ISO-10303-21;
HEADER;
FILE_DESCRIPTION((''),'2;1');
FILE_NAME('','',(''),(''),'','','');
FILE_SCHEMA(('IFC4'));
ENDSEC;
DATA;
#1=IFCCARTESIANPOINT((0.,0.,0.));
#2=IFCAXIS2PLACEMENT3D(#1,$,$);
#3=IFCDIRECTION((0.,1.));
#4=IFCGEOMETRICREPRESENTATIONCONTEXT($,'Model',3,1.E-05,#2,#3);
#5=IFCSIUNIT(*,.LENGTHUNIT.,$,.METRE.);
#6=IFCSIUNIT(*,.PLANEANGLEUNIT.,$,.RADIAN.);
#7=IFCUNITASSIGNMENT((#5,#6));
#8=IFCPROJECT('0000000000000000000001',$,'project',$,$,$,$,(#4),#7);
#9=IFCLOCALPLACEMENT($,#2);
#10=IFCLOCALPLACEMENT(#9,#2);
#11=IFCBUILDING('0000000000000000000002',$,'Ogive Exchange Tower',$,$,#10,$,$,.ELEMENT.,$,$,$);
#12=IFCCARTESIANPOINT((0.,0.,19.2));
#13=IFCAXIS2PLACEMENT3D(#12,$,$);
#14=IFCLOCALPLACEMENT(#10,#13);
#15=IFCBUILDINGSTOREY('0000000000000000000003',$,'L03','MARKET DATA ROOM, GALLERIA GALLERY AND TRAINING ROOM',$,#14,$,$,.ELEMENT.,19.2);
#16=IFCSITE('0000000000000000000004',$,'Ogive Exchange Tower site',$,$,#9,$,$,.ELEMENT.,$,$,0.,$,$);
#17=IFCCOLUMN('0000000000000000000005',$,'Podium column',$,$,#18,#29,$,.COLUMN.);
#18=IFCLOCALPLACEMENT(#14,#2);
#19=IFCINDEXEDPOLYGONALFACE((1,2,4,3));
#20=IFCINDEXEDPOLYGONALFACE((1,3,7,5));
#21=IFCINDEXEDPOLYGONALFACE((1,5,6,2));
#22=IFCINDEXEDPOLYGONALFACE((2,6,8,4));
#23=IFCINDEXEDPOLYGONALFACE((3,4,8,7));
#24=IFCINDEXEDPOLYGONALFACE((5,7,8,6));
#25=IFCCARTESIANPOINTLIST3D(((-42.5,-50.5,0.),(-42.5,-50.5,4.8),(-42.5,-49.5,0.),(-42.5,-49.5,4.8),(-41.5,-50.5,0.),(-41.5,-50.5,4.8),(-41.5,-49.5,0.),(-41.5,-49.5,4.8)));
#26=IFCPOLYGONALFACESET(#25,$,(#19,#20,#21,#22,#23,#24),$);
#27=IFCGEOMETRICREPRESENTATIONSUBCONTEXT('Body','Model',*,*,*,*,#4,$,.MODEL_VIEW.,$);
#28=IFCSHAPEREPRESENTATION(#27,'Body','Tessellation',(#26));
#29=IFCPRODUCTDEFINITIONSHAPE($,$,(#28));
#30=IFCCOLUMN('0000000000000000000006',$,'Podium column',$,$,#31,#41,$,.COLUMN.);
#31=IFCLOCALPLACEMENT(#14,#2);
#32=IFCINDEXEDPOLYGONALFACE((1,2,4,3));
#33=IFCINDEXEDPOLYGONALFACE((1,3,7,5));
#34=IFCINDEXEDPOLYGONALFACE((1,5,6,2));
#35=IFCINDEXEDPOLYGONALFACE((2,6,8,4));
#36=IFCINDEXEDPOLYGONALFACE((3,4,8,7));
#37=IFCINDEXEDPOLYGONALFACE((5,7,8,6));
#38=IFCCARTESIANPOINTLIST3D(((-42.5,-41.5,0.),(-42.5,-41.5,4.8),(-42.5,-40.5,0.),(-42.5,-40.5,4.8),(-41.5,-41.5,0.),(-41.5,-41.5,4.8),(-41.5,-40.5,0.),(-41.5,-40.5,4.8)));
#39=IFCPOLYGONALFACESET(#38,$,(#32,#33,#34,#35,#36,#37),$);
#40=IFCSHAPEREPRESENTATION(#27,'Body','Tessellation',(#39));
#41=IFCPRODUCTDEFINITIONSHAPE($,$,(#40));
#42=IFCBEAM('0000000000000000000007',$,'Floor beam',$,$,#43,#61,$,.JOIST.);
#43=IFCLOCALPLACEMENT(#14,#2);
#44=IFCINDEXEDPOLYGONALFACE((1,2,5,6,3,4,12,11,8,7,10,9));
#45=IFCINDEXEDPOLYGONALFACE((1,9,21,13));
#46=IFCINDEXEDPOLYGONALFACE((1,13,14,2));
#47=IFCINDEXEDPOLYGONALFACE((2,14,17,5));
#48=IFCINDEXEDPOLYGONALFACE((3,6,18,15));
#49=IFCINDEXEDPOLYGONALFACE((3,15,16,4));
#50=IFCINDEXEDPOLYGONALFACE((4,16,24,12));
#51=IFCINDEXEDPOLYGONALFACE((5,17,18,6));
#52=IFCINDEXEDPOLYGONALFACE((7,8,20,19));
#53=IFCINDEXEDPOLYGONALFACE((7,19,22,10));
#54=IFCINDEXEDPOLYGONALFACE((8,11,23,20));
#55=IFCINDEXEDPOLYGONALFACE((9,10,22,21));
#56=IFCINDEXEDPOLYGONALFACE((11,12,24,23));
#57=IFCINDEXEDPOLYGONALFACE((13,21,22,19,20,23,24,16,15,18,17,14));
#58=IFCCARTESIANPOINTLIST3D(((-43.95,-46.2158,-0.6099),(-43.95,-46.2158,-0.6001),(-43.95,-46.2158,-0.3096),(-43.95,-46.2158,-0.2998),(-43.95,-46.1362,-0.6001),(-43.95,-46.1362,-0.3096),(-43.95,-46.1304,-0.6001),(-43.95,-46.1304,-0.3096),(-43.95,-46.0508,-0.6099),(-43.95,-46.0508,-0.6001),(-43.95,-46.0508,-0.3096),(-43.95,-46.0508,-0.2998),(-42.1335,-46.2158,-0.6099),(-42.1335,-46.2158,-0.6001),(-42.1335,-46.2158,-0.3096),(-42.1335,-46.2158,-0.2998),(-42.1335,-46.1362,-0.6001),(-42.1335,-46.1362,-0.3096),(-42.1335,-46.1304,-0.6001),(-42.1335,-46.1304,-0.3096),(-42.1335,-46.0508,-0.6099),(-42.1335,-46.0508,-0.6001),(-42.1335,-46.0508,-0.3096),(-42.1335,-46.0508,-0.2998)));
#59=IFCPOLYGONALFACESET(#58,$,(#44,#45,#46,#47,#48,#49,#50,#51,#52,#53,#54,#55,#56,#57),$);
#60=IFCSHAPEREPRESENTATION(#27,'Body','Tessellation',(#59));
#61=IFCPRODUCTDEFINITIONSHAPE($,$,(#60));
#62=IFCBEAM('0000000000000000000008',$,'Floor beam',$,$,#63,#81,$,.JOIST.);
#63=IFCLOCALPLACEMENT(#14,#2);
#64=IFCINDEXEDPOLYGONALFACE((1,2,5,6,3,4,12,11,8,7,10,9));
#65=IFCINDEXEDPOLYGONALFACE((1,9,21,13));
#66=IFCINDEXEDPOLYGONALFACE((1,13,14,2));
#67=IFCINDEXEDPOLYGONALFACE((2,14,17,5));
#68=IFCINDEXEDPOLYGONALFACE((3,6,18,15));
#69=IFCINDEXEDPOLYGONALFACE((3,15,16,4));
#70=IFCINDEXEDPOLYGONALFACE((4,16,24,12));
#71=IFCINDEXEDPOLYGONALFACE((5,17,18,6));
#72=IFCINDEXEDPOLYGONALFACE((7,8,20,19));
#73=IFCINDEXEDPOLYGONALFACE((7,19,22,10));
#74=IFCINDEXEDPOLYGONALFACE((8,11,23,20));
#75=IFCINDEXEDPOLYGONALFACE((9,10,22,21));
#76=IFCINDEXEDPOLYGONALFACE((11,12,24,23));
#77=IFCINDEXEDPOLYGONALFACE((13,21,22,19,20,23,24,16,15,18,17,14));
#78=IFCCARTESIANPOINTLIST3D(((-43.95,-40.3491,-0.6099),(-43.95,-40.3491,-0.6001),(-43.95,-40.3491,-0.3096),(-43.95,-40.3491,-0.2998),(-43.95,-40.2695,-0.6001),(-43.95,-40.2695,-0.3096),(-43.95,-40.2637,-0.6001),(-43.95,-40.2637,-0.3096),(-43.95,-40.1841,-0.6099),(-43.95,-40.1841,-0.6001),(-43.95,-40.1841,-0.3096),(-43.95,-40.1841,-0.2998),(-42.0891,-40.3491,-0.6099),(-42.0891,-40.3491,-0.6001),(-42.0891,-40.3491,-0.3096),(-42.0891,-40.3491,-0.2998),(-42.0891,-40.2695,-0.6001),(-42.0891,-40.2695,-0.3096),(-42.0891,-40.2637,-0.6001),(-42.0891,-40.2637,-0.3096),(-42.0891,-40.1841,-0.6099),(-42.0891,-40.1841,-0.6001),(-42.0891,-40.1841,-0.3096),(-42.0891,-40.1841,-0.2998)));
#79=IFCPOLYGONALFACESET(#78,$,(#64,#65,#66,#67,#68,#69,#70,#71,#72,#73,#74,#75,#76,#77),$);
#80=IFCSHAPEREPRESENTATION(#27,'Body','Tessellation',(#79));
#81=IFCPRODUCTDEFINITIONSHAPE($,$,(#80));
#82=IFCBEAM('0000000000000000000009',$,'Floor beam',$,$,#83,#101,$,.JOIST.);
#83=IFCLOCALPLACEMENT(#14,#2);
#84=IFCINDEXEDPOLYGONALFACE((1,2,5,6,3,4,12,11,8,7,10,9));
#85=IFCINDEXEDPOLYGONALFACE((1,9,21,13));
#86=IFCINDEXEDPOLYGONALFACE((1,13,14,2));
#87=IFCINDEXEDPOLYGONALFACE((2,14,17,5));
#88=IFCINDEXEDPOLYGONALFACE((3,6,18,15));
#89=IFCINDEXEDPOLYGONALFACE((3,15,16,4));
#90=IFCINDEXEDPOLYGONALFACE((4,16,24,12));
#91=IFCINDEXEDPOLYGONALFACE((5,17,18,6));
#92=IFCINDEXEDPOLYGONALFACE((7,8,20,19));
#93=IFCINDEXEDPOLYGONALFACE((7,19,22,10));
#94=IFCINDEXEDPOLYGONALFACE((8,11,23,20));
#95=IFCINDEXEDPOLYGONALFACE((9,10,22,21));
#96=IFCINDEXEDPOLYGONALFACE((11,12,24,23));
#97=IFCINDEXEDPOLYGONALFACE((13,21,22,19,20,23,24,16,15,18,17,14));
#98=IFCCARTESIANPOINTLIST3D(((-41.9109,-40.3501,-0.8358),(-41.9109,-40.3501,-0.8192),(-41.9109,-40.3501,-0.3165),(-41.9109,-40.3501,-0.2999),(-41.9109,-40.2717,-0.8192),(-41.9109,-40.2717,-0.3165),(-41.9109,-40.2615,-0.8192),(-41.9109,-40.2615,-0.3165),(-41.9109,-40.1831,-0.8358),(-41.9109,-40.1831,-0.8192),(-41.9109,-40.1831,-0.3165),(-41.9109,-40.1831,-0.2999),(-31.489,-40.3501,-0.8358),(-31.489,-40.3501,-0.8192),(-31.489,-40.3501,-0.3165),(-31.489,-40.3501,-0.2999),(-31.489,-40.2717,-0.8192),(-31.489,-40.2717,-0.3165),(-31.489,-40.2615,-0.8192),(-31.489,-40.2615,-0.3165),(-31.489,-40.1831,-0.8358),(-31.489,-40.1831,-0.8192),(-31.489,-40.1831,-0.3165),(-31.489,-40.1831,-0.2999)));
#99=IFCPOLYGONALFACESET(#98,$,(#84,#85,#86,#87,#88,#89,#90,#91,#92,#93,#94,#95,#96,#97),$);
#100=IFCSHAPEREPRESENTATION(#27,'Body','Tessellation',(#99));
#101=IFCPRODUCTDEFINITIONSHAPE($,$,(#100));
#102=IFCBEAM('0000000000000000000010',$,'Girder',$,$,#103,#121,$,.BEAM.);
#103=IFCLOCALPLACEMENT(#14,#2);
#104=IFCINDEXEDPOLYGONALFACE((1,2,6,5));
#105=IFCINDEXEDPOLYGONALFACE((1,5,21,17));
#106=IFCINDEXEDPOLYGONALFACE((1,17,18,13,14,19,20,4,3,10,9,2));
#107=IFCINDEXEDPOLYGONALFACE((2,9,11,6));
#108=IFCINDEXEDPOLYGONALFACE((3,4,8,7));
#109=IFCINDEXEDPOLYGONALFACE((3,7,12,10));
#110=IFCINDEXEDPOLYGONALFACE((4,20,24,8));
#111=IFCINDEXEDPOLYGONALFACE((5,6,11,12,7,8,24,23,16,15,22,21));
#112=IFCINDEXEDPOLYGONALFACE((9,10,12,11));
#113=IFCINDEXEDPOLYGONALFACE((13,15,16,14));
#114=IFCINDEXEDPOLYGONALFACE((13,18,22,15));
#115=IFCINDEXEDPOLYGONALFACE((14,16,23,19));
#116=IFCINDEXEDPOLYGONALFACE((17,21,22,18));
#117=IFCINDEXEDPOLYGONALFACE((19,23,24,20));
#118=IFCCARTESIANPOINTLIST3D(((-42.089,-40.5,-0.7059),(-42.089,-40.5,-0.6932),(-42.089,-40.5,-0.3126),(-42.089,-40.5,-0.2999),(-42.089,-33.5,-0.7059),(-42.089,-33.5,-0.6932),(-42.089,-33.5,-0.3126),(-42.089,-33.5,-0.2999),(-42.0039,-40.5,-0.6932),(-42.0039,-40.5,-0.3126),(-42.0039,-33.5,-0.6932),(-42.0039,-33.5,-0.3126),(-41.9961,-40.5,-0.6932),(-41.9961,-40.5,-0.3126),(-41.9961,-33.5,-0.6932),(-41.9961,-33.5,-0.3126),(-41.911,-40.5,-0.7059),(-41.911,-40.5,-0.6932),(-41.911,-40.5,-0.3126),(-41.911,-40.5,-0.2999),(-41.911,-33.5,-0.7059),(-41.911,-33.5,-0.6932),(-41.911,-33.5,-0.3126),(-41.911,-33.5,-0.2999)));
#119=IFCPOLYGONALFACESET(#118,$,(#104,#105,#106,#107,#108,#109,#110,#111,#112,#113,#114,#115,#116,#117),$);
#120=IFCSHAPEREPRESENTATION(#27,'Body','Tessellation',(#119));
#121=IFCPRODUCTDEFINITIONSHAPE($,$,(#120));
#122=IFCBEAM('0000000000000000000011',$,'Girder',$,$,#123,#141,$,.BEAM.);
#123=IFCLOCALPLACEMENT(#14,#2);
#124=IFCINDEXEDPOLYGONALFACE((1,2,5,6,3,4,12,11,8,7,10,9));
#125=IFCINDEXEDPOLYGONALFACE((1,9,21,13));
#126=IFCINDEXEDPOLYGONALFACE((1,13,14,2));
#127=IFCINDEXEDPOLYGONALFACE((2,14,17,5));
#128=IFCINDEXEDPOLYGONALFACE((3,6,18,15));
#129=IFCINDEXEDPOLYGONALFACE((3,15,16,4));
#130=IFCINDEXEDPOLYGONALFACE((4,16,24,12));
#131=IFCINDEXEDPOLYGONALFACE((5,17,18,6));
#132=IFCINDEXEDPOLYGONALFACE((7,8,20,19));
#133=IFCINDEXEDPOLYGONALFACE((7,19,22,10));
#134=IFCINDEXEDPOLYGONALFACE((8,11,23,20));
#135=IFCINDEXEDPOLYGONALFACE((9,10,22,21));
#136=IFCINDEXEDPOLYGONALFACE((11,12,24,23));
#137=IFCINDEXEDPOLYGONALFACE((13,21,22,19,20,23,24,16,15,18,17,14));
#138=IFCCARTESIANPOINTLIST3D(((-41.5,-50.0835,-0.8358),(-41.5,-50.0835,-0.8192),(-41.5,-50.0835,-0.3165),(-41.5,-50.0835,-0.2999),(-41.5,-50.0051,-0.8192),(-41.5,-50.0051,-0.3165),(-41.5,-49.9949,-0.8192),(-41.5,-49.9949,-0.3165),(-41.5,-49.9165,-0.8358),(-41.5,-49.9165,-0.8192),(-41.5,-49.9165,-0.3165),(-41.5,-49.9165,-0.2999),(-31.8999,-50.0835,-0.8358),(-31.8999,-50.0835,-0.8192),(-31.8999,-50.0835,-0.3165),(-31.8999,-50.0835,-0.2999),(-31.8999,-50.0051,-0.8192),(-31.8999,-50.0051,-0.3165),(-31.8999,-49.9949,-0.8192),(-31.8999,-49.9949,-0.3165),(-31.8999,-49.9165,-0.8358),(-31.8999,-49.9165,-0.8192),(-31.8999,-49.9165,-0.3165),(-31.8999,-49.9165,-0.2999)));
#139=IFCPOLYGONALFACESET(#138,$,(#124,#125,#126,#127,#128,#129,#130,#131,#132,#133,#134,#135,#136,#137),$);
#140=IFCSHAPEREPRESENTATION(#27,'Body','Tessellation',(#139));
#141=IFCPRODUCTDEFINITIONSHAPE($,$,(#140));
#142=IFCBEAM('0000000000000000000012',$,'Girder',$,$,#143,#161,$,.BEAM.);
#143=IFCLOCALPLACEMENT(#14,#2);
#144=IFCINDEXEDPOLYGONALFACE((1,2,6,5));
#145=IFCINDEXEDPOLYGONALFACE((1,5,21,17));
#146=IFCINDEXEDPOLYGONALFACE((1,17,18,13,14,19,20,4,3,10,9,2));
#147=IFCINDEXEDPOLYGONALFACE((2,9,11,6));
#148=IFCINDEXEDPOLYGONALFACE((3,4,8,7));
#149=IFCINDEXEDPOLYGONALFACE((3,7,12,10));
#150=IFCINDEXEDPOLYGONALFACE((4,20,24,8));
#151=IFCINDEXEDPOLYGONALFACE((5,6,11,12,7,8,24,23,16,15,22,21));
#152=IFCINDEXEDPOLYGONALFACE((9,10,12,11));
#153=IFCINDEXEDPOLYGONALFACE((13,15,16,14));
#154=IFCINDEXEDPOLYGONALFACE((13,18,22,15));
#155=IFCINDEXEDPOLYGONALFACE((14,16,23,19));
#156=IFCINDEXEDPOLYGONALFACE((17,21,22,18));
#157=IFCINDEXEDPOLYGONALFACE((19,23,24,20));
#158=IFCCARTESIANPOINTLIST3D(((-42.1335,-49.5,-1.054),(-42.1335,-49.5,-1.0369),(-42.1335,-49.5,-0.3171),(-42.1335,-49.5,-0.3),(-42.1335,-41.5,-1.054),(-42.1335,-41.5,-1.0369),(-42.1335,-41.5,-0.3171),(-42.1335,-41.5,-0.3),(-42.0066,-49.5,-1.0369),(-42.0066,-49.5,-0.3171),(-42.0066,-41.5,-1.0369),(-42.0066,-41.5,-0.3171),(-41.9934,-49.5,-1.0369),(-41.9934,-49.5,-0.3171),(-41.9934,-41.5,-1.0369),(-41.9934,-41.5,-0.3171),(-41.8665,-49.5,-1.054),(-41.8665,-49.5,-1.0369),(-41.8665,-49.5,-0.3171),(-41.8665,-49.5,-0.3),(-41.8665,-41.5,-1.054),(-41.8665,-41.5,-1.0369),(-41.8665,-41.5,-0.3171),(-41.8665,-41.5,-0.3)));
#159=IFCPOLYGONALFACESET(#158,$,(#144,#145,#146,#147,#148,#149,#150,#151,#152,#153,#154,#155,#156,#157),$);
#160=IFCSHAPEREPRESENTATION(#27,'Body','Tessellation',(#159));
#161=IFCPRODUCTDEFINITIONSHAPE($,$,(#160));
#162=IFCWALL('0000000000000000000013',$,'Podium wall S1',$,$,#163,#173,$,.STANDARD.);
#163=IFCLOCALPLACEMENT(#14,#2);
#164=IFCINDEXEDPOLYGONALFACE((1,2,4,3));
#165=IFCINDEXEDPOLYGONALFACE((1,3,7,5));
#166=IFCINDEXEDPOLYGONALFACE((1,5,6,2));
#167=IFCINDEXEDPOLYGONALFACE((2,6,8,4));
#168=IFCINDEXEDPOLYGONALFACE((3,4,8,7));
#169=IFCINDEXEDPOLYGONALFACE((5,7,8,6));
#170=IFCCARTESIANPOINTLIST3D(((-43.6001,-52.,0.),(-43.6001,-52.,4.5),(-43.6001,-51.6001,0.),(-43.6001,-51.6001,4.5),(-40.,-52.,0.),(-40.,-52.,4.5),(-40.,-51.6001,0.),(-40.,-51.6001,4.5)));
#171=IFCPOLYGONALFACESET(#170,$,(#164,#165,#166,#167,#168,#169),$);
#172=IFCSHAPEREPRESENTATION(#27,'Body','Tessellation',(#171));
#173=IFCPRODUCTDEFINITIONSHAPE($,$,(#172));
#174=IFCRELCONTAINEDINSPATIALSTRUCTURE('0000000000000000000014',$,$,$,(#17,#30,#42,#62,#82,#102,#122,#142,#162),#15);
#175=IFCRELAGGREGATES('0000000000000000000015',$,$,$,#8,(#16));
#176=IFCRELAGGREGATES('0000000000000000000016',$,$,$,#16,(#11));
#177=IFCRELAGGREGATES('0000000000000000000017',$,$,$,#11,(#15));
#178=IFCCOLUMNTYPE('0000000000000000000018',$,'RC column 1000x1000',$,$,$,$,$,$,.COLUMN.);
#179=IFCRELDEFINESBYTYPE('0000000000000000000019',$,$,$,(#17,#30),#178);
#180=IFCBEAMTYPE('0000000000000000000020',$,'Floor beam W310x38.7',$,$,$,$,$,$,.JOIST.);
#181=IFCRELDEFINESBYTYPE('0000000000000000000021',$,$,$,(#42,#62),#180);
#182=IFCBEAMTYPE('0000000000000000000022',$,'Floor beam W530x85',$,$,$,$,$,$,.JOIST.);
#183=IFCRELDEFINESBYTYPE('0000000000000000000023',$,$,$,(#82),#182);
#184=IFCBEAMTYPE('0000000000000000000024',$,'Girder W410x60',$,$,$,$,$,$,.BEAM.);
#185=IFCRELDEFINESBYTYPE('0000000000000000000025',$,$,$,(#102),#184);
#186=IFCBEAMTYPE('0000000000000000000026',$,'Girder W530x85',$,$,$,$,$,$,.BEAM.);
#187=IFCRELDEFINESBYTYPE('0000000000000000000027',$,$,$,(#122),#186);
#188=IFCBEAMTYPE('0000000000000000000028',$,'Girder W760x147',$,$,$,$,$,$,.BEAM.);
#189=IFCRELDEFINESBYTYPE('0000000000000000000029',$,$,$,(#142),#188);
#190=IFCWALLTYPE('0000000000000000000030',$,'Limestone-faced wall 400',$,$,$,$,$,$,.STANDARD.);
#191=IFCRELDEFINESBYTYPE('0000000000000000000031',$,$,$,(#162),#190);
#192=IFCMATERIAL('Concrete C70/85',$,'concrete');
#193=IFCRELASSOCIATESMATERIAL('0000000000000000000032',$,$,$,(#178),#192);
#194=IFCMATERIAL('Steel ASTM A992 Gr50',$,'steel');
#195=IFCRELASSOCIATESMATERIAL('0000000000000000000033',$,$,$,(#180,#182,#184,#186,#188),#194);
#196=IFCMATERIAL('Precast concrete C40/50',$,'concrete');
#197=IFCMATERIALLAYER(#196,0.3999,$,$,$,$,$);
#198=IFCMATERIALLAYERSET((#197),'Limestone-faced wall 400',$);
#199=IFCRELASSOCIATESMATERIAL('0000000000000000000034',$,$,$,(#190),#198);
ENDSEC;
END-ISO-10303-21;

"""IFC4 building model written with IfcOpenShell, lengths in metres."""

from ifc_helpers import new_model, si_unit, direction, frame, frame_2d, origin, origin_2d, place, context, subcontext, project, spatial, rectangle, i_section, extrude, material, layer, layer_set, material_profile, profile_set, type_object, element, save


model = new_model("IFC4")

# Units and contexts
model_context = context("Model", 3, precision=1e-05, world=origin(), true_north=direction((0.0, 1.0)))
body_context = subcontext(model_context, "Body", "Model", "MODEL_VIEW")
ifc_project = project(units=[si_unit("LENGTHUNIT", "METRE"), si_unit("PLANEANGLEUNIT", "RADIAN")], contexts=[model_context])

# Site, building, storey
site_placement = place(None, origin())
site = spatial("IfcSite", under=ifc_project, at=site_placement, Name="Ogive Exchange Tower site", CompositionType="ELEMENT", RefElevation=0.0)
building_placement = place(site_placement, origin())
building = spatial("IfcBuilding", under=site, at=building_placement, Name="Ogive Exchange Tower", CompositionType="ELEMENT")
storey_placement = place(building_placement, frame((0.0, 0.0, 19.2)))
storey = spatial("IfcBuildingStorey", under=building, at=storey_placement, Name="L03", Description="MARKET DATA ROOM, GALLERIA GALLERY AND TRAINING ROOM", CompositionType="ELEMENT", Elevation=19.2)

# Columns
ifc_material_1 = material(Name="Concrete C70/85", Category="concrete")
ifc_material_profile_1 = material_profile(ifc_material_1, rectangle(XDim=1.0, YDim=1.0, at=origin_2d()), Name="RC 1000x1000")
ifc_profile_set_1 = profile_set([ifc_material_profile_1], Name="Concrete C70/85")
column_type = type_object("IfcColumnType", Name="RC column 1000x1000", PredefinedType="COLUMN", material=ifc_profile_set_1)
for number, where, z_axis, x_axis, name in (
    (1, (-42.0, -50.0, 0.0), (0.0, 0.0, 1.0), (1.0, 0.0, 0.0), "Podium column"),
    (2, (-42.0, -41.0, 0.0), (0.0, 0.0, 1.0), (1.0, 0.0, 0.0), "Podium column"),
):
    element("IfcColumn", number, at=place(storey_placement, frame(where, z_axis=z_axis, x_axis=x_axis)), inside=storey, type_object=column_type, Name=name, PredefinedType="COLUMN", context=body_context, shape_type="SweptSolid", body=[
        extrude(rectangle(XDim=1.0, YDim=1.0, at=origin_2d()), origin(), (0.0, 0.0, 1.0), 4.8),
    ])

# Beams
ifc_material_2 = material(Name="Steel ASTM A992 Gr50", Category="steel")
ifc_material_profile_2 = material_profile(ifc_material_2, i_section(OverallWidth=0.165, OverallDepth=0.3101, WebThickness=0.0059, FlangeThickness=0.0098, at=origin_2d()), Name="W310x38.7")
ifc_profile_set_2 = profile_set([ifc_material_profile_2], Name="Steel ASTM A992 Gr50")
beam_type_1 = type_object("IfcBeamType", Name="Floor beam W310x38.7", PredefinedType="JOIST", material=ifc_profile_set_2)
beam_1_placement = place(storey_placement, frame((-43.95, -46.1333, -0.4548), z_axis=(1.0, 0.0, 0.0), x_axis=(0.0, 1.0, 0.0)))
element("IfcBeam", 3, at=beam_1_placement, inside=storey, type_object=beam_type_1, Name="Floor beam", PredefinedType="JOIST", context=body_context, shape_type="SweptSolid", body=[
    extrude(i_section(OverallWidth=0.165, OverallDepth=0.3101, WebThickness=0.0059, FlangeThickness=0.0098, at=origin_2d()), origin(), (0.0, 0.0, 1.0), 1.8164),
])
beam_2_placement = place(storey_placement, frame((-43.95, -40.2666, -0.4548), z_axis=(1.0, 0.0, 0.0), x_axis=(0.0, 1.0, 0.0)))
element("IfcBeam", 4, at=beam_2_placement, inside=storey, type_object=beam_type_1, Name="Floor beam", PredefinedType="JOIST", context=body_context, shape_type="SweptSolid", body=[
    extrude(i_section(OverallWidth=0.165, OverallDepth=0.3101, WebThickness=0.0059, FlangeThickness=0.0098, at=origin_2d()), origin(), (0.0, 0.0, 1.0), 1.8608),
])
ifc_material_profile_3 = material_profile(ifc_material_2, i_section(OverallWidth=0.167, OverallDepth=0.5359, WebThickness=0.0103, FlangeThickness=0.0166, at=origin_2d()), Name="W530x85")
ifc_profile_set_3 = profile_set([ifc_material_profile_3], Name="Steel ASTM A992 Gr50")
beam_type_2 = type_object("IfcBeamType", Name="Floor beam W530x85", PredefinedType="JOIST", material=ifc_profile_set_3)
beam_3_placement = place(storey_placement, frame((-41.9109, -40.2666, -0.5679), z_axis=(1.0, 0.0, 0.0), x_axis=(0.0, 1.0, 0.0)))
element("IfcBeam", 5, at=beam_3_placement, inside=storey, type_object=beam_type_2, Name="Floor beam", PredefinedType="JOIST", context=body_context, shape_type="SweptSolid", body=[
    extrude(i_section(OverallWidth=0.167, OverallDepth=0.5359, WebThickness=0.0103, FlangeThickness=0.0166, at=origin_2d()), origin(), (0.0, 0.0, 1.0), 10.4219),
])
ifc_material_profile_4 = material_profile(ifc_material_2, i_section(OverallWidth=0.178, OverallDepth=0.406, WebThickness=0.0078, FlangeThickness=0.0127, at=origin_2d()), Name="W410x60")
ifc_profile_set_4 = profile_set([ifc_material_profile_4], Name="Steel ASTM A992 Gr50")
beam_type_3 = type_object("IfcBeamType", Name="Girder W410x60", PredefinedType="BEAM", material=ifc_profile_set_4)
beam_4_placement = place(storey_placement, frame((-42.0, -40.5, -0.5029), z_axis=(0.0, 1.0, 0.0), x_axis=(-1.0, 0.0, 0.0)))
element("IfcBeam", 6, at=beam_4_placement, inside=storey, type_object=beam_type_3, Name="Girder", PredefinedType="BEAM", context=body_context, shape_type="SweptSolid", body=[
    extrude(i_section(OverallWidth=0.178, OverallDepth=0.406, WebThickness=0.0078, FlangeThickness=0.0127, at=origin_2d()), origin(), (0.0, 0.0, 1.0), 7.0),
])
ifc_material_profile_5 = material_profile(ifc_material_2, i_section(OverallWidth=0.167, OverallDepth=0.5359, WebThickness=0.0103, FlangeThickness=0.0166, at=origin_2d()), Name="W530x85")
ifc_profile_set_5 = profile_set([ifc_material_profile_5], Name="Steel ASTM A992 Gr50")
beam_type_4 = type_object("IfcBeamType", Name="Girder W530x85", PredefinedType="BEAM", material=ifc_profile_set_5)
beam_5_placement = place(storey_placement, frame((-41.5, -50.0, -0.5679), z_axis=(1.0, 0.0, 0.0), x_axis=(0.0, 1.0, 0.0)))
element("IfcBeam", 7, at=beam_5_placement, inside=storey, type_object=beam_type_4, Name="Girder", PredefinedType="BEAM", context=body_context, shape_type="SweptSolid", body=[
    extrude(i_section(OverallWidth=0.167, OverallDepth=0.5359, WebThickness=0.0103, FlangeThickness=0.0166, at=origin_2d()), origin(), (0.0, 0.0, 1.0), 9.6001),
])
ifc_material_profile_6 = material_profile(ifc_material_2, i_section(OverallWidth=0.2671, OverallDepth=0.7539, WebThickness=0.0132, FlangeThickness=0.0171, at=origin_2d()), Name="W760x147")
ifc_profile_set_6 = profile_set([ifc_material_profile_6], Name="Steel ASTM A992 Gr50")
beam_type_5 = type_object("IfcBeamType", Name="Girder W760x147", PredefinedType="BEAM", material=ifc_profile_set_6)
beam_6_placement = place(storey_placement, frame((-42.0, -49.5, -0.677), z_axis=(0.0, 1.0, 0.0), x_axis=(-1.0, 0.0, 0.0)))
element("IfcBeam", 8, at=beam_6_placement, inside=storey, type_object=beam_type_5, Name="Girder", PredefinedType="BEAM", context=body_context, shape_type="SweptSolid", body=[
    extrude(i_section(OverallWidth=0.2671, OverallDepth=0.7539, WebThickness=0.0132, FlangeThickness=0.0171, at=origin_2d()), origin(), (0.0, 0.0, 1.0), 8.0),
])

# Wall
ifc_material_3 = material(Name="Precast concrete C40/50", Category="concrete")
ifc_layer_1 = layer(ifc_material_3, 0.3999)
ifc_layer_set_1 = layer_set([ifc_layer_1], Name="Limestone-faced wall 400")
wall_type_1 = type_object("IfcWallType", Name="Limestone-faced wall 400", PredefinedType="STANDARD", material=ifc_layer_set_1)
wall_1_placement = place(storey_placement, frame((-43.6001, -51.8, 0.0), z_axis=(0.0, 0.0, 1.0), x_axis=(1.0, 0.0, 0.0)))
element("IfcWall", 9, at=wall_1_placement, inside=storey, type_object=wall_type_1, Name="Podium wall S1", PredefinedType="STANDARD", context=body_context, shape_type="SweptSolid", body=[
    extrude(rectangle(XDim=3.6001, YDim=0.3999, at=frame_2d((1.8, 0.0))), origin(), (0.0, 0.0, 1.0), 4.5),
])

save(model, "model.ifc")
